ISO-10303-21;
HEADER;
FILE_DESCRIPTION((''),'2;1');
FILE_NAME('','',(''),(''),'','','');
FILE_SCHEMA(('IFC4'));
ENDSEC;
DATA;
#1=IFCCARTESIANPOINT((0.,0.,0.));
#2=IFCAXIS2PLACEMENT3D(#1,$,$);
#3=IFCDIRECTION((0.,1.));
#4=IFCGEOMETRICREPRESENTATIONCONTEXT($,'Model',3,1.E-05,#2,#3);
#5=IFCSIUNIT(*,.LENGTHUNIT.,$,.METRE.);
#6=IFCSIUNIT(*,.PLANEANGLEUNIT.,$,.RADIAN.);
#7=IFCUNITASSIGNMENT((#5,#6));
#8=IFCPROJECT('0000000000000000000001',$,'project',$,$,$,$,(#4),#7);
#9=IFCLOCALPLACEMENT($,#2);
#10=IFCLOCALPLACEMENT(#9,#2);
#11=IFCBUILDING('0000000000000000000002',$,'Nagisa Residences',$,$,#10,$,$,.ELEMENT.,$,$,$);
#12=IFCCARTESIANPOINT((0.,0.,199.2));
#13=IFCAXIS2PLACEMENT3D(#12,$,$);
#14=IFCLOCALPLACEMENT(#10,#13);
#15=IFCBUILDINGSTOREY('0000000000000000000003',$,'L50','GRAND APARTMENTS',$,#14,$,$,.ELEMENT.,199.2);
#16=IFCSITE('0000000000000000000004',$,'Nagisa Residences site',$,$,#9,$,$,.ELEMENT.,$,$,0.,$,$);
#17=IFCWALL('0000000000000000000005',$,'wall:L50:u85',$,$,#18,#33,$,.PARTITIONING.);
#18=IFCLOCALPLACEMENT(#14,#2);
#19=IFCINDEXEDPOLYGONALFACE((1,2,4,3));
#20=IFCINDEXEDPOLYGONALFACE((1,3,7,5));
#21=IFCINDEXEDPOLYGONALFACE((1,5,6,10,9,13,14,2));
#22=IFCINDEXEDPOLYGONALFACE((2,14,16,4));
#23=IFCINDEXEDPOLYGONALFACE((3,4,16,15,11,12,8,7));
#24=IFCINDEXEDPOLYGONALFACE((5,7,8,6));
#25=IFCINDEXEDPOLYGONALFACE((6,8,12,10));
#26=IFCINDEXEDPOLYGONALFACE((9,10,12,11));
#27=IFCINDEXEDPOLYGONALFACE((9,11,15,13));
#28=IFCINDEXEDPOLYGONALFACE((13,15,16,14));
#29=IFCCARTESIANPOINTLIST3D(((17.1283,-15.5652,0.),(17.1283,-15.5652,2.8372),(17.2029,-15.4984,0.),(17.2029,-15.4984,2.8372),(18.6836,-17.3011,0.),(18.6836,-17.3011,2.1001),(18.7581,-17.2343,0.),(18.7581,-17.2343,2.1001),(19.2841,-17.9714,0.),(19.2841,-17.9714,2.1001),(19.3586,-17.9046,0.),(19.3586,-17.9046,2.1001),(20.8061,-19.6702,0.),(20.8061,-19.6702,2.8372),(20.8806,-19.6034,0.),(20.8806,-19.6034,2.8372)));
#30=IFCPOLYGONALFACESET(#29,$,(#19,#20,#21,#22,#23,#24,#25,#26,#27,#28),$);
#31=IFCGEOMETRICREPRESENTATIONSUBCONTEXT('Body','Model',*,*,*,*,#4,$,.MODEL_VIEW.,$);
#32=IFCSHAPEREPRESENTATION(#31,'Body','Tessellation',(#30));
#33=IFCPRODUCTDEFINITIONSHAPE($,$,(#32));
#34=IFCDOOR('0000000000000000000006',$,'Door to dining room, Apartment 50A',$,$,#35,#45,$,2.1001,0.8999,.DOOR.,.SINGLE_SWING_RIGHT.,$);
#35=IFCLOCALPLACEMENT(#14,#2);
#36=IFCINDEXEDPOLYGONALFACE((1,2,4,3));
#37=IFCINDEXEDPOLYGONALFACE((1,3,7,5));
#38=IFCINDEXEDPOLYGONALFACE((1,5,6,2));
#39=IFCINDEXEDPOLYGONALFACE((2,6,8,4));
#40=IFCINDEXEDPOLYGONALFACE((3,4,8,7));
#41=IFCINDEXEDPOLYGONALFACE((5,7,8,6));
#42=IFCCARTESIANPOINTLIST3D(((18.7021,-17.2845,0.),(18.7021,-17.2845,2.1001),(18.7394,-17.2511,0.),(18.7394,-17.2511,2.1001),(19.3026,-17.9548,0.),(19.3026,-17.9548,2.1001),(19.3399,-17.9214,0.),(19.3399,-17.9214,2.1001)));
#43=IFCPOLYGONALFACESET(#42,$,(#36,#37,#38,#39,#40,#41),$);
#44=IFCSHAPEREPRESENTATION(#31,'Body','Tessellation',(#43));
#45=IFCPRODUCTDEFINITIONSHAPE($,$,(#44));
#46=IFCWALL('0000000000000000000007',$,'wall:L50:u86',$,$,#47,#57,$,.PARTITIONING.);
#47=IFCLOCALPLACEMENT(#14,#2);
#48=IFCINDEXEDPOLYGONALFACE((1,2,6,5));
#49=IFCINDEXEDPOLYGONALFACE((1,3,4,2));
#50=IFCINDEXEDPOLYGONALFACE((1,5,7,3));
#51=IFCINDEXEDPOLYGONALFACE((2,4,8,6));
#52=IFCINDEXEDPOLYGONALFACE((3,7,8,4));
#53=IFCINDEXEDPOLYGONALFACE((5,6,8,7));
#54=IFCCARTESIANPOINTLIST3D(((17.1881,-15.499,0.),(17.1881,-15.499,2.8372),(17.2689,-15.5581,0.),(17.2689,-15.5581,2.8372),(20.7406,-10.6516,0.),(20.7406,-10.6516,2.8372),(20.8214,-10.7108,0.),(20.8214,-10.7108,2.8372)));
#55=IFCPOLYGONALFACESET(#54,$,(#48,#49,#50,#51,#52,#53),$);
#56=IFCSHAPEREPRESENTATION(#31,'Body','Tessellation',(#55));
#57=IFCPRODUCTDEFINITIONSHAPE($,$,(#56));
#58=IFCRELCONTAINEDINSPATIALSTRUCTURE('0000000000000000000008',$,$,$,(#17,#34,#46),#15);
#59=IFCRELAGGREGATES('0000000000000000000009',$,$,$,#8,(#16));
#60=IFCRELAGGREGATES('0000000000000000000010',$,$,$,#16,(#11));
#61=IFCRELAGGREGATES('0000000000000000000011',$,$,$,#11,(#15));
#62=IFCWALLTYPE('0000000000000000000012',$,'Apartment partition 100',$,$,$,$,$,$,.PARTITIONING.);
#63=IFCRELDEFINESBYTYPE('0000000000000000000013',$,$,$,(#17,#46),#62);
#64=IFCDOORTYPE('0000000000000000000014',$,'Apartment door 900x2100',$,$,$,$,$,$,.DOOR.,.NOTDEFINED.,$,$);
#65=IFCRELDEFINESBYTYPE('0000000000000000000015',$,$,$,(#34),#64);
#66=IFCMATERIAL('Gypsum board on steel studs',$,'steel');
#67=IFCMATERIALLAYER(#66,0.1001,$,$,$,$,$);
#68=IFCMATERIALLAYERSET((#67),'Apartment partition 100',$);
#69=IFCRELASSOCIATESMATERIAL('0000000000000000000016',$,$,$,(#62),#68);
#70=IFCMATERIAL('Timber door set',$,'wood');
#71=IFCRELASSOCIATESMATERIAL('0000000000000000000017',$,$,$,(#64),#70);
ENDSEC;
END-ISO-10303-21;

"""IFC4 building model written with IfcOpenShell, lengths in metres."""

from ifc_helpers import new_model, si_unit, direction, frame, frame_2d, origin, place, context, subcontext, project, spatial, rectangle, extrude, material, layer, layer_set, type_object, element, fill, save


model = new_model("IFC4")

# Units and contexts
model_context = context("Model", 3, precision=1e-05, world=origin(), true_north=direction((0.0, 1.0)))
body_context = subcontext(model_context, "Body", "Model", "MODEL_VIEW")
ifc_project = project(units=[si_unit("LENGTHUNIT", "METRE"), si_unit("PLANEANGLEUNIT", "RADIAN")], contexts=[model_context])

# Site, building, storey
site_placement = place(None, origin())
site = spatial("IfcSite", under=ifc_project, at=site_placement, Name="Nagisa Residences site", CompositionType="ELEMENT", RefElevation=0.0)
building_placement = place(site_placement, origin())
building = spatial("IfcBuilding", under=site, at=building_placement, Name="Nagisa Residences", CompositionType="ELEMENT")
storey_placement = place(building_placement, frame((0.0, 0.0, 199.2)))
storey = spatial("IfcBuildingStorey", under=building, at=storey_placement, Name="L50", Description="GRAND APARTMENTS", CompositionType="ELEMENT", Elevation=199.2)

# Shared definitions
ifc_material_1 = material(Name="Gypsum board on steel studs", Category="steel")
ifc_layer_1 = layer(ifc_material_1, 0.1001)
ifc_layer_set_1 = layer_set([ifc_layer_1], Name="Apartment partition 100")
wall_type_1 = type_object("IfcWallType", Name="Apartment partition 100", PredefinedType="PARTITIONING", material=ifc_layer_set_1)
ifc_material_2 = material(Name="Timber door set", Category="wood")
door_type_1 = type_object("IfcDoorType", Name="Apartment door 900x2100", OperationType="NOTDEFINED", PredefinedType="DOOR", material=ifc_material_2)

# Wall, opening, door
wall_1_placement = place(storey_placement, frame((17.1655, -15.5317, 0.0), z_axis=(0.0, 0.0, 1.0), x_axis=(0.667284, -0.744803, 0.0)))
wall_1 = element("IfcWall", 1, at=wall_1_placement, inside=storey, type_object=wall_type_1, Name="wall:L50:u85", PredefinedType="PARTITIONING", context=body_context, shape_type="SweptSolid", body=[
    extrude(rectangle(XDim=5.5115, YDim=0.1001, at=frame_2d((2.7559, 0.0))), origin(), (0.0, 0.0, 1.0), 2.8372),
])
opening_1_placement = place(wall_1_placement, frame((2.3308, 0.0, 0.0)))
opening_1 = element("IfcOpeningElement", 2, at=opening_1_placement, cuts=wall_1, PredefinedType="OPENING", context=body_context, shape_type="SweptSolid", body=[
    extrude(rectangle(XDim=0.8999, YDim=2.1001, at=frame_2d((0.45, 1.05))), frame((0.0, 0.0601, 0.0), z_axis=(0.0, -1.0, 0.0), x_axis=(1.0, 0.0, 0.0)), (0.0, 0.0, 1.0), 0.1201),
])
door_1_placement = place(opening_1_placement, origin())
door_1 = element("IfcDoor", 3, at=door_1_placement, inside=storey, type_object=door_type_1, Name="Door to dining room, Apartment 50A", OperationType="SINGLE_SWING_RIGHT", OverallHeight=2.1001, OverallWidth=0.8999, PredefinedType="DOOR", context=body_context, shape_type="SweptSolid", body=[
    extrude(rectangle(XDim=0.8999, YDim=2.1001, at=frame_2d((0.45, 1.05))), frame((0.0, 0.0249, 0.0), z_axis=(0.0, -1.0, 0.0), x_axis=(1.0, 0.0, 0.0)), (0.0, 0.0, 1.0), 0.05),
])
fill(opening_1, door_1)

# Wall
wall_2_placement = place(storey_placement, frame((17.2285, -15.5286, 0.0), z_axis=(0.0, 0.0, 1.0), x_axis=(0.591117, 0.806586, 0.0)))
element("IfcWall", 4, at=wall_2_placement, inside=storey, type_object=wall_type_1, Name="wall:L50:u86", PredefinedType="PARTITIONING", context=body_context, shape_type="SweptSolid", body=[
    extrude(rectangle(XDim=6.0098, YDim=0.1001, at=frame_2d((3.0049, 0.0))), origin(), (0.0, 0.0, 1.0), 2.8372),
])

save(model, "model.ifc")
